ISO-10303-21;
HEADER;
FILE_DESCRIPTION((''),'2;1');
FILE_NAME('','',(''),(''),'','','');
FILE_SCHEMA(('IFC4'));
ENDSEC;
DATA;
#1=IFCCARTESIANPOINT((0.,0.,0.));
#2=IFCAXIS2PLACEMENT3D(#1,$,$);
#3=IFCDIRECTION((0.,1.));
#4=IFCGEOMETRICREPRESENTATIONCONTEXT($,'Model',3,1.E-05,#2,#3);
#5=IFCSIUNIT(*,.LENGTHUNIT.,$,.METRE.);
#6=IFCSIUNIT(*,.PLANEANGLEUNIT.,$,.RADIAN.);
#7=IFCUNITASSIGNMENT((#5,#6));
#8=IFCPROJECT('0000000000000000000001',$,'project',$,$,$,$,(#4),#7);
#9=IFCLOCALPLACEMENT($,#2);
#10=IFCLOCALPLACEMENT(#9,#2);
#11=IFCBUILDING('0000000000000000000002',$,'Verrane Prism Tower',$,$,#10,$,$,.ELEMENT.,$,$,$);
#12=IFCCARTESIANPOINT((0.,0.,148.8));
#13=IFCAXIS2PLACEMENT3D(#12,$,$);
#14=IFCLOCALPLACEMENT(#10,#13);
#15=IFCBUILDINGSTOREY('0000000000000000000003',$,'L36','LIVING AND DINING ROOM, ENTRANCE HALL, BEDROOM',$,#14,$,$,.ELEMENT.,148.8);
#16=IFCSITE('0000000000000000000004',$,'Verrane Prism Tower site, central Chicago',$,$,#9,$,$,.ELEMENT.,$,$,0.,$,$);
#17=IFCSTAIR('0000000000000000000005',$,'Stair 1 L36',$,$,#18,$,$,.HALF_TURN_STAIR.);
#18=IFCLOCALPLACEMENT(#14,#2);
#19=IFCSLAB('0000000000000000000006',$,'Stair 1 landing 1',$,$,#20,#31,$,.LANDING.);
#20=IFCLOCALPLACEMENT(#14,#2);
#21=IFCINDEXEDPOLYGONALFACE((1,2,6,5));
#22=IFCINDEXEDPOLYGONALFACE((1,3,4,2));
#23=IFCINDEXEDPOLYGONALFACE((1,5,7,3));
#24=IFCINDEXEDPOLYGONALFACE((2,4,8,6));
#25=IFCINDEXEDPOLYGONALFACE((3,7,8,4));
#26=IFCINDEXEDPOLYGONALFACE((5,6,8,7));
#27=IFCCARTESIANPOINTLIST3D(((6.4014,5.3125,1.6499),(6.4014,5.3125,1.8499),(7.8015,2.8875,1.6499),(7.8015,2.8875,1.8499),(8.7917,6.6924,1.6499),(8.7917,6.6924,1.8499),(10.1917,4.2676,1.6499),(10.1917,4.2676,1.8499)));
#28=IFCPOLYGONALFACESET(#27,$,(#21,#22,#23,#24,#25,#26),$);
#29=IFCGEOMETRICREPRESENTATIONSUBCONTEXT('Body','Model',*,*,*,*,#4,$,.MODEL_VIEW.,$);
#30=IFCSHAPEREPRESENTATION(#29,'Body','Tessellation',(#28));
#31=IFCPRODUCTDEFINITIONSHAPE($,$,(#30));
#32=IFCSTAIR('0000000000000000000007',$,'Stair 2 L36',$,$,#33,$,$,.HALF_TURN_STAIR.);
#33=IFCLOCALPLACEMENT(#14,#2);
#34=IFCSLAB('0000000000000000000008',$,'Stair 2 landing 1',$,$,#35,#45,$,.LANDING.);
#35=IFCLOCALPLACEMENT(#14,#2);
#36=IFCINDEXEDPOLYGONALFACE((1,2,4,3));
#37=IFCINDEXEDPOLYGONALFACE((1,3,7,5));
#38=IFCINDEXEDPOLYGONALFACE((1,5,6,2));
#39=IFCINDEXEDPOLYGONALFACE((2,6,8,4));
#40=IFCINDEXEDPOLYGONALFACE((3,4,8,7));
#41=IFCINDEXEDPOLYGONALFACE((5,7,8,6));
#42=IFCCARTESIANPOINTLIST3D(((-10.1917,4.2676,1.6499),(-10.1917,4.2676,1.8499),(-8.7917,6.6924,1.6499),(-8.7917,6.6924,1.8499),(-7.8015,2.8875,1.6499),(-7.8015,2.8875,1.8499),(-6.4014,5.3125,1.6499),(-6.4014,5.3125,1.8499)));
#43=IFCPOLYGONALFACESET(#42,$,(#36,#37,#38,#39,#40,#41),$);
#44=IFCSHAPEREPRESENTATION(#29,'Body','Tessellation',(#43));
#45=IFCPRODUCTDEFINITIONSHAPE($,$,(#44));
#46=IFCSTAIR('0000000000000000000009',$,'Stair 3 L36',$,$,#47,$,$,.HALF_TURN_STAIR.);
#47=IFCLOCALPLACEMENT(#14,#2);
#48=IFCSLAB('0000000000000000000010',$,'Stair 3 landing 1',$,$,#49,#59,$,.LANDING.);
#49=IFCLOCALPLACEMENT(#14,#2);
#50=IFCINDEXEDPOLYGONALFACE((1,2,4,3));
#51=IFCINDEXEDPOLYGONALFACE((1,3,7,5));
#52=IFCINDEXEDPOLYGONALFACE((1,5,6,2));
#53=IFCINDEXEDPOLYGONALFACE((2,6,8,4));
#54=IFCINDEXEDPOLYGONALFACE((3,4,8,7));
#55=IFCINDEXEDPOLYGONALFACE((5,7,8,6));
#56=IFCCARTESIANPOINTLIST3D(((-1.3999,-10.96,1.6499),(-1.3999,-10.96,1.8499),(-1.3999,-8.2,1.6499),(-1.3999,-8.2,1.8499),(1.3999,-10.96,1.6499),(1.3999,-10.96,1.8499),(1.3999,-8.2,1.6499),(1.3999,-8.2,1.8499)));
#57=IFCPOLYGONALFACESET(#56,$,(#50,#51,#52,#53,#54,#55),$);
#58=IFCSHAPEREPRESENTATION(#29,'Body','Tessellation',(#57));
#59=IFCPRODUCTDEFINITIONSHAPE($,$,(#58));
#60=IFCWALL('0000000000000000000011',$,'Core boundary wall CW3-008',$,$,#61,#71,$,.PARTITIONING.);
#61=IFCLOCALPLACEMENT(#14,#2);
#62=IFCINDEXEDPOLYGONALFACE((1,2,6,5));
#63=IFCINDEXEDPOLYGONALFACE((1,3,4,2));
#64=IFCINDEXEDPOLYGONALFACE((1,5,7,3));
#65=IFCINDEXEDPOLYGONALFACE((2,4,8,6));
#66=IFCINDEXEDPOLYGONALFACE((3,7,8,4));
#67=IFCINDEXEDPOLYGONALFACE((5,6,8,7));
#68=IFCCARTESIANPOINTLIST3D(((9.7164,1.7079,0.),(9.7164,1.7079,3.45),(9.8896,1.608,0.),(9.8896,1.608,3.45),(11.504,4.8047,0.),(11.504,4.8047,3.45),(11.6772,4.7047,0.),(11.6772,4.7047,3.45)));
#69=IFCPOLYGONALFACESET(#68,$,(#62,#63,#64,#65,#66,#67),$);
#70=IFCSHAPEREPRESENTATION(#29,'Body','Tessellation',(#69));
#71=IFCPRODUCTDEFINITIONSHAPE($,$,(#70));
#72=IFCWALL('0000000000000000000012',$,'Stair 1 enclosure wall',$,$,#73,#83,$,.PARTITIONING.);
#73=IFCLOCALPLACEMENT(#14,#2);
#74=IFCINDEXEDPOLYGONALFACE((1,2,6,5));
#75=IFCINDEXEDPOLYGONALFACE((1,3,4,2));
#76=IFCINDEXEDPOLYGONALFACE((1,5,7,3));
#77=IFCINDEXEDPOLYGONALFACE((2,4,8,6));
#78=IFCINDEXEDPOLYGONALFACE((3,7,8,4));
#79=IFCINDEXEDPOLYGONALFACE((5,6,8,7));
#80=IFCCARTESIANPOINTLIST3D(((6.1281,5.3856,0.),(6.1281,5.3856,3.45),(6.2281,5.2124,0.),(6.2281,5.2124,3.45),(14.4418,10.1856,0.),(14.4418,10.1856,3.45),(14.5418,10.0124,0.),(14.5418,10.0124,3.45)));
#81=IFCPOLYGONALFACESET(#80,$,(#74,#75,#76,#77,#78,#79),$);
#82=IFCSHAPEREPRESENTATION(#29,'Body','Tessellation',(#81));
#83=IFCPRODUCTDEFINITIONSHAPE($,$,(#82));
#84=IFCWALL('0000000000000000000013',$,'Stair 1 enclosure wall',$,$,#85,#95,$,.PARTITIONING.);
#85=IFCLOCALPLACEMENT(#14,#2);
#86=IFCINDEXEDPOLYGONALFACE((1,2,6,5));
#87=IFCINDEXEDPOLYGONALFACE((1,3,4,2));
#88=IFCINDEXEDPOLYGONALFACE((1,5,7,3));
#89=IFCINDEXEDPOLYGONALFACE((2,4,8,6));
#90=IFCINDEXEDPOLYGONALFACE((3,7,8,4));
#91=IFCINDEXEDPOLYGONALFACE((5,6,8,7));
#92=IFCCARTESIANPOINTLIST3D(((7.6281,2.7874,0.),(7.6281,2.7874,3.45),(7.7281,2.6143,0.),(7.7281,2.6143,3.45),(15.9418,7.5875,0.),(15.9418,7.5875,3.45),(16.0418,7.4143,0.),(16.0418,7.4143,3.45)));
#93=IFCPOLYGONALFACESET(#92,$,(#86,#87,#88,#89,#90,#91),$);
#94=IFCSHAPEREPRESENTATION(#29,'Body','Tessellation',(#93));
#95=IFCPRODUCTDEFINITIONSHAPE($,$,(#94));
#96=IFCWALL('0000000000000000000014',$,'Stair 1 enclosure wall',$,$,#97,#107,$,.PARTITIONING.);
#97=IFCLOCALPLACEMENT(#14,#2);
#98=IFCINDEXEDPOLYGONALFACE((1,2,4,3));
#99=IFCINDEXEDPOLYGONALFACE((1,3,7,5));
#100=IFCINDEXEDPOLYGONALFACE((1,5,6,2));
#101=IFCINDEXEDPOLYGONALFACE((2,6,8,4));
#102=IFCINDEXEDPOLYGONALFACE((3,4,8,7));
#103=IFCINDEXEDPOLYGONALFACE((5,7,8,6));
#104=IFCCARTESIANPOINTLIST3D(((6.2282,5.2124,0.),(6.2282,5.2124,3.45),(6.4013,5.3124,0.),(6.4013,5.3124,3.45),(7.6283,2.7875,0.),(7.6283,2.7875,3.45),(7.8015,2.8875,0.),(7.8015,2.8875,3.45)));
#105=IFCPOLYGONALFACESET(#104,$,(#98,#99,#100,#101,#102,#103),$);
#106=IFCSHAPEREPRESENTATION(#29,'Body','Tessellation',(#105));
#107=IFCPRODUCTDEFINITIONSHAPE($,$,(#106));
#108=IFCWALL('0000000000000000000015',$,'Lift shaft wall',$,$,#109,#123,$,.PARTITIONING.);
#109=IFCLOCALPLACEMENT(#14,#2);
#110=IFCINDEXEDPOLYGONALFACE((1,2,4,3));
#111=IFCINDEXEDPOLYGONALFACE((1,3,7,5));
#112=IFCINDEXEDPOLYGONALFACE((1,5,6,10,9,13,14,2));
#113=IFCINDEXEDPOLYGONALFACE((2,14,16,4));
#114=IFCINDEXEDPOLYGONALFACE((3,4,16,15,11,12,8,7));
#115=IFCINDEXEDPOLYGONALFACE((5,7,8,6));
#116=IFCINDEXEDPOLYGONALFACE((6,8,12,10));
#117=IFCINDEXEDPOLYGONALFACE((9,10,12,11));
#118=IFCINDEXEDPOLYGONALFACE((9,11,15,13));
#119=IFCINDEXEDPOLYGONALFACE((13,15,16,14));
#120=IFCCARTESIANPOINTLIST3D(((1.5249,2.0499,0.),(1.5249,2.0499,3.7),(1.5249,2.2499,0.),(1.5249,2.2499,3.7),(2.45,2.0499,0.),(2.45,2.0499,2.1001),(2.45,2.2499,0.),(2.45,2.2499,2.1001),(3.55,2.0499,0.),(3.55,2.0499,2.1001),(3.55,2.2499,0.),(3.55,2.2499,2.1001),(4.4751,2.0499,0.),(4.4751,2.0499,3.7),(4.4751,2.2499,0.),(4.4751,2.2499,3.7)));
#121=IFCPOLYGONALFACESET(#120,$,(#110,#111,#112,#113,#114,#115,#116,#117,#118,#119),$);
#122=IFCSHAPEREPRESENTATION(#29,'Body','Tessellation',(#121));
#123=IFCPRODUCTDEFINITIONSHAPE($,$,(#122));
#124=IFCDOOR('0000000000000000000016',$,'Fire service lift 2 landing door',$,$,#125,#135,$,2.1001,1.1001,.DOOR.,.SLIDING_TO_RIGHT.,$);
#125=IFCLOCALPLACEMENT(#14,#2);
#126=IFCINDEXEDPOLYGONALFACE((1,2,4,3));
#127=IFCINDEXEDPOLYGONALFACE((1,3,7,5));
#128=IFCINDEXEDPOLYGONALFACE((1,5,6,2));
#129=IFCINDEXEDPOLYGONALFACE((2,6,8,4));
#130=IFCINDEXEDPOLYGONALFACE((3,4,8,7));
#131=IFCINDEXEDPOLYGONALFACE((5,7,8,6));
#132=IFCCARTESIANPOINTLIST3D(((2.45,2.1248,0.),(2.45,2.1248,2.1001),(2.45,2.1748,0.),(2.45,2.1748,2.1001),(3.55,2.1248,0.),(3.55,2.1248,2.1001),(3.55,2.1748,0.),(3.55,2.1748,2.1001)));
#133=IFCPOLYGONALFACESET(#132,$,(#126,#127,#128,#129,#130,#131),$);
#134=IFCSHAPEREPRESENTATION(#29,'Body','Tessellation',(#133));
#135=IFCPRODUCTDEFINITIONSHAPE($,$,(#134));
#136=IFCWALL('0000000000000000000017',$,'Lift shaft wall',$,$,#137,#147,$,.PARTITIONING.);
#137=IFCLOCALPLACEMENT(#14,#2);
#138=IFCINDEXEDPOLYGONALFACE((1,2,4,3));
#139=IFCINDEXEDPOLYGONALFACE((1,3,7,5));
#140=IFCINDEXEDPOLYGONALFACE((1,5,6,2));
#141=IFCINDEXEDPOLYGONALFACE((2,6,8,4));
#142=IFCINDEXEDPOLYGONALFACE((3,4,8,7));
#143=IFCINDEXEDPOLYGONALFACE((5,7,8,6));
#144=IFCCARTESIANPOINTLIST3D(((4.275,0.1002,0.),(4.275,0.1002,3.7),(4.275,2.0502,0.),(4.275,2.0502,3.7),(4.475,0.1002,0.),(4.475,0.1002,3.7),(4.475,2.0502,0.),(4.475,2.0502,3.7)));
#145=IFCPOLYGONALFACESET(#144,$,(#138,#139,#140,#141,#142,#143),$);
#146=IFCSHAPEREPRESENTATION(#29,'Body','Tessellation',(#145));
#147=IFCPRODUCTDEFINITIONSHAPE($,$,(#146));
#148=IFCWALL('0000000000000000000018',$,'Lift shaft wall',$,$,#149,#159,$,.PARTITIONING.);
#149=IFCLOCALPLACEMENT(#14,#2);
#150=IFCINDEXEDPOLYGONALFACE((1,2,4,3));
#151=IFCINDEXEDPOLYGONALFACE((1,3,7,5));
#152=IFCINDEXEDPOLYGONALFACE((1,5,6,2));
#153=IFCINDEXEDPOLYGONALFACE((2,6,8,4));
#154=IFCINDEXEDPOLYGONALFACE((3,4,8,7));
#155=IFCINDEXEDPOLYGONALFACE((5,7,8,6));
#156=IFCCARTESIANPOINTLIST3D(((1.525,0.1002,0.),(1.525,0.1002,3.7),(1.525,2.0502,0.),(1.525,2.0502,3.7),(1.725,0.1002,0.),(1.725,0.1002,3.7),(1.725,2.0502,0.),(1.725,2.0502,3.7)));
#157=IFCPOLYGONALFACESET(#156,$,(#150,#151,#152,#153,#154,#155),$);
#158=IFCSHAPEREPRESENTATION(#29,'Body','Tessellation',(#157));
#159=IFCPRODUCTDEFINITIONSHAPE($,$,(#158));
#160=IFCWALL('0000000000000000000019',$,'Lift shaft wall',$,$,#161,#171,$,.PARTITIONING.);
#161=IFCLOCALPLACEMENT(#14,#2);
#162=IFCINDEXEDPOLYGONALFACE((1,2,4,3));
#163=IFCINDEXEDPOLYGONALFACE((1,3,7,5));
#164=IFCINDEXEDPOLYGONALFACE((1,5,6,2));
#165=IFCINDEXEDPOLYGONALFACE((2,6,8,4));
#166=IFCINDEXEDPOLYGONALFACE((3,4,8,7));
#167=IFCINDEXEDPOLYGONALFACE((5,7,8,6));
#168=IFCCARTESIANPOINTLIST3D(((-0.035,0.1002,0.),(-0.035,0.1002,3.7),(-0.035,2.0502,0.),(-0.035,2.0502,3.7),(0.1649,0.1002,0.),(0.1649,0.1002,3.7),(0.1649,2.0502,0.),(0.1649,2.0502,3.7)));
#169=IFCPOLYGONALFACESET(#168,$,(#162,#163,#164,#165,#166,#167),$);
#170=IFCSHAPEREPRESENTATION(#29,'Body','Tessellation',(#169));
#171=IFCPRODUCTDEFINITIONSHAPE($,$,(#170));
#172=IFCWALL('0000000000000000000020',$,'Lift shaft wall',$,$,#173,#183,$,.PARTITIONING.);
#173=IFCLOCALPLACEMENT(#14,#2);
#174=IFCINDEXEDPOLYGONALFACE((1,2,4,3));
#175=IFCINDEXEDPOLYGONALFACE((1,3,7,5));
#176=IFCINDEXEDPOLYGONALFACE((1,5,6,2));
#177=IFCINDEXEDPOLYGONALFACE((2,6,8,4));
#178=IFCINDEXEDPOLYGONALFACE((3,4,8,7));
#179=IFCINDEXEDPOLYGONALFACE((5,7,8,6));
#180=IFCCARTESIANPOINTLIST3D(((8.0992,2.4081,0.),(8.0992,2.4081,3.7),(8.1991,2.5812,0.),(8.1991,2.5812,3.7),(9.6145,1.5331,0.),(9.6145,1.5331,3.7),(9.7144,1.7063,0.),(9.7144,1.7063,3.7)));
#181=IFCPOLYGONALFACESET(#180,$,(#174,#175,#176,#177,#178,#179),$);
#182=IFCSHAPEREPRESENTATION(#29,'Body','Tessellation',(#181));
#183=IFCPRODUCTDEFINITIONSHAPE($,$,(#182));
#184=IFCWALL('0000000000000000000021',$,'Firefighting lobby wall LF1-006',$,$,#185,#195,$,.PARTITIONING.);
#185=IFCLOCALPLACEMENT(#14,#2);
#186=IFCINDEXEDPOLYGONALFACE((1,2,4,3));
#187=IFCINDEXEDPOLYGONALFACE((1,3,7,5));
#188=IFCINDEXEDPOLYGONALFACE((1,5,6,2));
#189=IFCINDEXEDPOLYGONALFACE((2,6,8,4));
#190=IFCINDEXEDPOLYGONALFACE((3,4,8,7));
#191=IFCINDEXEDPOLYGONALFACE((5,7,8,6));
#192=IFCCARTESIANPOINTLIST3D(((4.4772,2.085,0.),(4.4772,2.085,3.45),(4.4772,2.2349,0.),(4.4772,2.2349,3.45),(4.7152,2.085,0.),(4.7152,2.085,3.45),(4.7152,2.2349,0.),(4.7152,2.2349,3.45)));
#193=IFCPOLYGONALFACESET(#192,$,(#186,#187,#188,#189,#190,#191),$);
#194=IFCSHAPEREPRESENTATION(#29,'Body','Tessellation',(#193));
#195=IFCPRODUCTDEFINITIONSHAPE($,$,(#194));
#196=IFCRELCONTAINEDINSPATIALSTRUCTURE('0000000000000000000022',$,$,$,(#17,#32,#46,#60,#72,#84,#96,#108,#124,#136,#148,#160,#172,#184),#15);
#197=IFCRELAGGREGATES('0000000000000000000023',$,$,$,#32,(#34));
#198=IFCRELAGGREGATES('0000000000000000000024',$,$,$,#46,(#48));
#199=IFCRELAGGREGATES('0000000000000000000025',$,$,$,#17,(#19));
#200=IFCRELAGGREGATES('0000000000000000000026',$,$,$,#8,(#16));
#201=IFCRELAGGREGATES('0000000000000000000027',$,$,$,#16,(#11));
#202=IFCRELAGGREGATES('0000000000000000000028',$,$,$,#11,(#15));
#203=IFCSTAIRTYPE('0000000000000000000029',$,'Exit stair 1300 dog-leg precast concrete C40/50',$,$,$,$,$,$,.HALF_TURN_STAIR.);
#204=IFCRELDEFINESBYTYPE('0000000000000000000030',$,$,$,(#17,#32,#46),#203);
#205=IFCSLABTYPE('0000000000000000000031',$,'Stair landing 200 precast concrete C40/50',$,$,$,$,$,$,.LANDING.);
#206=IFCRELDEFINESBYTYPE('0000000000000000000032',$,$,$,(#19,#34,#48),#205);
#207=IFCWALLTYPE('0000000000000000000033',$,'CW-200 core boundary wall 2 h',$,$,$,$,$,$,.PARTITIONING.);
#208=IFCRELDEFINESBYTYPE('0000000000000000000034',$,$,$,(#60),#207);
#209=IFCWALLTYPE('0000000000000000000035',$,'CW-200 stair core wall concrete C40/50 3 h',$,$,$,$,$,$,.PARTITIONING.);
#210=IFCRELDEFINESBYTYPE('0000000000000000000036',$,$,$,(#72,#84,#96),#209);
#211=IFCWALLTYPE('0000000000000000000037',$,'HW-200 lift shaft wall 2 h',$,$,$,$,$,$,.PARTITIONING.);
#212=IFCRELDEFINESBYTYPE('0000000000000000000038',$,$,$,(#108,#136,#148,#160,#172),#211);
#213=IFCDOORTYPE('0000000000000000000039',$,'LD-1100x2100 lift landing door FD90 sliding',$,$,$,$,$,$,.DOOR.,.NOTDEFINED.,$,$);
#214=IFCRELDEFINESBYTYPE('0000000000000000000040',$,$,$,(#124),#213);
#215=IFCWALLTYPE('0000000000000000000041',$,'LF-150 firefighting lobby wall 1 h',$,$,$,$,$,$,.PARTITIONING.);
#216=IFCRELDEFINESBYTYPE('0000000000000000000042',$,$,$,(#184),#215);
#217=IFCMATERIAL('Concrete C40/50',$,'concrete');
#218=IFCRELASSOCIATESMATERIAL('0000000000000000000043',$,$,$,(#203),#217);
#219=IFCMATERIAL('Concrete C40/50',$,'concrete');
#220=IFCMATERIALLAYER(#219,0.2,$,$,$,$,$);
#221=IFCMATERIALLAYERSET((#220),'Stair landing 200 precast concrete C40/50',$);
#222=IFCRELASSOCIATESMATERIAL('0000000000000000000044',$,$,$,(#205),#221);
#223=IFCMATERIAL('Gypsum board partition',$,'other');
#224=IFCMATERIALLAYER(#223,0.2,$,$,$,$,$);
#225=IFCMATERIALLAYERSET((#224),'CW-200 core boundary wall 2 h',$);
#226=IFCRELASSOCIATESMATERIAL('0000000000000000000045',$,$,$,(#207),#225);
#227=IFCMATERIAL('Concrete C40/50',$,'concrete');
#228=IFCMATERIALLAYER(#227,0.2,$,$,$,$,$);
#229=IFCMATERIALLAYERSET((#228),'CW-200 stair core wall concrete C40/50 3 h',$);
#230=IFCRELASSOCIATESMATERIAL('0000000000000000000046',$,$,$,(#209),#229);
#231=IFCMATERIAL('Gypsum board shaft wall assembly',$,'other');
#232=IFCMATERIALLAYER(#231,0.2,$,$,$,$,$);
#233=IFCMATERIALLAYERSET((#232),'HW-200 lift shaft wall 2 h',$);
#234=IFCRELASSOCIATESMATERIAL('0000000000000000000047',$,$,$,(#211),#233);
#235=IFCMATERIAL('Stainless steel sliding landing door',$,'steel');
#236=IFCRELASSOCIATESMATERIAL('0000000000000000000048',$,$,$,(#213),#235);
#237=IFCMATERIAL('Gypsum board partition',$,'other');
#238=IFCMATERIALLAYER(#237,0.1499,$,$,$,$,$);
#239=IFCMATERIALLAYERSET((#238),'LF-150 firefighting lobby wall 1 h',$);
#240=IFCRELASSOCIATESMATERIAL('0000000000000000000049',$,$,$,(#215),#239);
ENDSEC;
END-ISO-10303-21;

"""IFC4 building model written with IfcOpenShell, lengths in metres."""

from ifc_helpers import new_model, si_unit, direction, frame, frame_2d, origin, place, context, subcontext, project, spatial, polyline, rectangle, outline, extrude, material, layer, layer_set, type_object, element, fill, aggregate, save


model = new_model("IFC4")

# Units and contexts
model_context = context("Model", 3, precision=1e-05, world=origin(), true_north=direction((0.0, 1.0)))
body_context = subcontext(model_context, "Body", "Model", "MODEL_VIEW")
ifc_project = project(units=[si_unit("LENGTHUNIT", "METRE"), si_unit("PLANEANGLEUNIT", "RADIAN")], contexts=[model_context])

# Site, building, storey
site_placement = place(None, origin())
site = spatial("IfcSite", under=ifc_project, at=site_placement, Name="Verrane Prism Tower site, central Chicago", CompositionType="ELEMENT", RefElevation=0.0)
building_placement = place(site_placement, origin())
building = spatial("IfcBuilding", under=site, at=building_placement, Name="Verrane Prism Tower", CompositionType="ELEMENT")
storey_placement = place(building_placement, frame((0.0, 0.0, 148.8)))
storey = spatial("IfcBuildingStorey", under=building, at=storey_placement, Name="L36", Description="LIVING AND DINING ROOM, ENTRANCE HALL, BEDROOM", CompositionType="ELEMENT", Elevation=148.8)

# Stairs, slabs
ifc_material_1 = material(Name="Concrete C40/50", Category="concrete")
stair_type = type_object("IfcStairType", Name="Exit stair 1300 dog-leg precast concrete C40/50", PredefinedType="HALF_TURN_STAIR", material=ifc_material_1)
stair_1_placement = place(storey_placement, origin())
stair_1 = element("IfcStair", 1, at=stair_1_placement, inside=storey, type_object=stair_type, Name="Stair 1 L36", PredefinedType="HALF_TURN_STAIR")
ifc_material_2 = material(Name="Concrete C40/50", Category="concrete")
ifc_layer_1 = layer(ifc_material_2, 0.2)
ifc_layer_set_1 = layer_set([ifc_layer_1], Name="Stair landing 200 precast concrete C40/50")
slab_type_1 = type_object("IfcSlabType", Name="Stair landing 200 precast concrete C40/50", PredefinedType="LANDING", material=ifc_layer_set_1)
slab_1_placement = place(storey_placement, frame((0.0, 0.0, 1.6499)))
slab_1 = element("IfcSlab", 2, at=slab_1_placement, type_object=slab_type_1, Name="Stair 1 landing 1", PredefinedType="LANDING", context=body_context, shape_type="SweptSolid", body=[
    extrude(outline(polyline([(8.7917, 6.6924), (6.4014, 5.3125), (7.8015, 2.8875), (10.1917, 4.2676), (8.7917, 6.6924)])), origin(), (0.0, 0.0, 1.0), 0.2),
])
stair_2_placement = place(storey_placement, origin())
stair_2 = element("IfcStair", 3, at=stair_2_placement, inside=storey, type_object=stair_type, Name="Stair 2 L36", PredefinedType="HALF_TURN_STAIR")
slab_2_placement = place(storey_placement, frame((0.0, 0.0, 1.6499)))
slab_2 = element("IfcSlab", 4, at=slab_2_placement, type_object=slab_type_1, Name="Stair 2 landing 1", PredefinedType="LANDING", context=body_context, shape_type="SweptSolid", body=[
    extrude(outline(polyline([(-10.1917, 4.2676), (-7.8015, 2.8875), (-6.4014, 5.3125), (-8.7917, 6.6924), (-10.1917, 4.2676)])), origin(), (0.0, 0.0, 1.0), 0.2),
])
aggregate(stair_2, [slab_2])
stair_3_placement = place(storey_placement, origin())
stair_3 = element("IfcStair", 5, at=stair_3_placement, inside=storey, type_object=stair_type, Name="Stair 3 L36", PredefinedType="HALF_TURN_STAIR")
slab_3_placement = place(storey_placement, frame((0.0, 0.0, 1.6499)))
slab_3 = element("IfcSlab", 6, at=slab_3_placement, type_object=slab_type_1, Name="Stair 3 landing 1", PredefinedType="LANDING", context=body_context, shape_type="SweptSolid", body=[
    extrude(outline(polyline([(1.3999, -10.96), (1.3999, -8.2), (-1.3999, -8.2), (-1.3999, -10.96), (1.3999, -10.96)])), origin(), (0.0, 0.0, 1.0), 0.2),
])
aggregate(stair_3, [slab_3])

# Walls
ifc_material_3 = material(Name="Gypsum board partition", Category="other")
ifc_layer_2 = layer(ifc_material_3, 0.2)
ifc_layer_set_2 = layer_set([ifc_layer_2], Name="CW-200 core boundary wall 2 h")
wall_type_1 = type_object("IfcWallType", Name="CW-200 core boundary wall 2 h", PredefinedType="PARTITIONING", material=ifc_layer_set_2)
wall_1_placement = place(storey_placement, frame((9.803, 1.658, 0.0), z_axis=(0.0, 0.0, 1.0), x_axis=(0.499943, 0.866058, 0.0)))
element("IfcWall", 7, at=wall_1_placement, inside=storey, type_object=wall_type_1, Name="Core boundary wall CW3-008", PredefinedType="PARTITIONING", context=body_context, shape_type="SweptSolid", body=[
    extrude(rectangle(XDim=3.5757, YDim=0.2, at=frame_2d((1.7878, 0.0))), origin(), (0.0, 0.0, 1.0), 3.45),
])
ifc_material_4 = material(Name="Concrete C40/50", Category="concrete")
ifc_layer_3 = layer(ifc_material_4, 0.2)
ifc_layer_set_3 = layer_set([ifc_layer_3], Name="CW-200 stair core wall concrete C40/50 3 h")
wall_type_2 = type_object("IfcWallType", Name="CW-200 stair core wall concrete C40/50 3 h", PredefinedType="PARTITIONING", material=ifc_layer_set_3)
for number, where, z_axis, x_axis, name in (
    (8, (6.1782, 5.2991, 0.0), (0.0, 0.0, 1.0), (0.86602, 0.500009, 0.0), "Stair 1 enclosure wall"),
    (9, (7.6782, 2.7009, 0.0), (0.0, 0.0, 1.0), (0.86602, 0.500009, 0.0), "Stair 1 enclosure wall"),
):
    element("IfcWall", number, at=place(storey_placement, frame(where, z_axis=z_axis, x_axis=x_axis)), inside=storey, type_object=wall_type_2, Name=name, PredefinedType="PARTITIONING", context=body_context, shape_type="SweptSolid", body=[
        extrude(rectangle(XDim=9.5999, YDim=0.2, at=frame_2d((4.7998, 0.0))), origin(), (0.0, 0.0, 1.0), 3.45),
    ])
wall_2_placement = place(storey_placement, frame((7.7148, 2.8376, 0.0), z_axis=(0.0, 0.0, 1.0), x_axis=(-0.50005, 0.865997, 0.0)))
element("IfcWall", 10, at=wall_2_placement, inside=storey, type_object=wall_type_2, Name="Stair 1 enclosure wall", PredefinedType="PARTITIONING", context=body_context, shape_type="SweptSolid", body=[
    extrude(rectangle(XDim=2.8, YDim=0.2, at=frame_2d((1.3999, 0.0))), origin(), (0.0, 0.0, 1.0), 3.45),
])

# Wall, opening, door
ifc_material_5 = material(Name="Gypsum board shaft wall assembly", Category="other")
ifc_layer_4 = layer(ifc_material_5, 0.2)
ifc_layer_set_4 = layer_set([ifc_layer_4], Name="HW-200 lift shaft wall 2 h")
wall_type_3 = type_object("IfcWallType", Name="HW-200 lift shaft wall 2 h", PredefinedType="PARTITIONING", material=ifc_layer_set_4)
wall_3_placement = place(storey_placement, frame((1.5249, 2.1499, 0.0), z_axis=(0.0, 0.0, 1.0), x_axis=(1.0, 0.0, 0.0)))
wall_3 = element("IfcWall", 11, at=wall_3_placement, inside=storey, type_object=wall_type_3, Name="Lift shaft wall", PredefinedType="PARTITIONING", context=body_context, shape_type="SweptSolid", body=[
    extrude(rectangle(XDim=2.9502, YDim=0.2, at=frame_2d((1.4751, 0.0))), origin(), (0.0, 0.0, 1.0), 3.7),
])
opening_1_placement = place(wall_3_placement, frame((0.925, 0.0, 0.0)))
opening_1 = element("IfcOpeningElement", 12, at=opening_1_placement, cuts=wall_3, PredefinedType="OPENING", context=body_context, shape_type="SweptSolid", body=[
    extrude(rectangle(XDim=1.1001, YDim=2.1001, at=frame_2d((0.55, 1.05))), frame((0.0, 0.1099, 0.0), z_axis=(0.0, -1.0, 0.0), x_axis=(1.0, 0.0, 0.0)), (0.0, 0.0, 1.0), 0.22),
])
ifc_material_6 = material(Name="Stainless steel sliding landing door", Category="steel")
door_type_1 = type_object("IfcDoorType", Name="LD-1100x2100 lift landing door FD90 sliding", OperationType="NOTDEFINED", PredefinedType="DOOR", material=ifc_material_6)
door_1_placement = place(opening_1_placement, origin())
door_1 = element("IfcDoor", 13, at=door_1_placement, inside=storey, type_object=door_type_1, Name="Fire service lift 2 landing door", OperationType="SLIDING_TO_RIGHT", OverallHeight=2.1001, OverallWidth=1.1001, PredefinedType="DOOR", context=body_context, shape_type="SweptSolid", body=[
    extrude(rectangle(XDim=1.1001, YDim=2.1001, at=frame_2d((0.55, 1.05))), frame((0.0, 0.0249, 0.0), z_axis=(0.0, -1.0, 0.0), x_axis=(1.0, 0.0, 0.0)), (0.0, 0.0, 1.0), 0.05),
])
fill(opening_1, door_1)

# Walls
for number, where, z_axis, x_axis, name in (
    (14, (4.375, 0.1001, 0.0), (0.0, 0.0, 1.0), (0.0, 1.0, 0.0), "Lift shaft wall"),
    (15, (1.625, 0.1001, 0.0), (0.0, 0.0, 1.0), (0.0, 1.0, 0.0), "Lift shaft wall"),
    (16, (0.0649, 0.1001, 0.0), (0.0, 0.0, 1.0), (0.0, 1.0, 0.0), "Lift shaft wall"),
):
    element("IfcWall", number, at=place(storey_placement, frame(where, z_axis=z_axis, x_axis=x_axis)), inside=storey, type_object=wall_type_3, Name=name, PredefinedType="PARTITIONING", context=body_context, shape_type="SweptSolid", body=[
        extrude(rectangle(XDim=1.95, YDim=0.2, at=frame_2d((0.9751, 0.0))), origin(), (0.0, 0.0, 1.0), 3.7),
    ])
wall_4_placement = place(storey_placement, frame((9.6646, 1.6196, 0.0), z_axis=(0.0, 0.0, 1.0), x_axis=(-0.866002, 0.50004, 0.0)))
element("IfcWall", 17, at=wall_4_placement, inside=storey, type_object=wall_type_3, Name="Lift shaft wall", PredefinedType="PARTITIONING", context=body_context, shape_type="SweptSolid", body=[
    extrude(rectangle(XDim=1.7498, YDim=0.2, at=frame_2d((0.875, 0.0))), origin(), (0.0, 0.0, 1.0), 3.7),
])
ifc_material_7 = material(Name="Gypsum board partition", Category="other")
ifc_layer_5 = layer(ifc_material_7, 0.1499)
ifc_layer_set_5 = layer_set([ifc_layer_5], Name="LF-150 firefighting lobby wall 1 h")
wall_type_4 = type_object("IfcWallType", Name="LF-150 firefighting lobby wall 1 h", PredefinedType="PARTITIONING", material=ifc_layer_set_5)
wall_5_placement = place(storey_placement, frame((4.4771, 2.1599, 0.0), z_axis=(0.0, 0.0, 1.0), x_axis=(1.0, 0.0, 0.0)))
element("IfcWall", 18, at=wall_5_placement, inside=storey, type_object=wall_type_4, Name="Firefighting lobby wall LF1-006", PredefinedType="PARTITIONING", context=body_context, shape_type="SweptSolid", body=[
    extrude(rectangle(XDim=0.238, YDim=0.1499, at=frame_2d((0.1191, 0.0))), origin(), (0.0, 0.0, 1.0), 3.45),
])

aggregate(stair_1, [slab_1])

save(model, "model.ifc")
